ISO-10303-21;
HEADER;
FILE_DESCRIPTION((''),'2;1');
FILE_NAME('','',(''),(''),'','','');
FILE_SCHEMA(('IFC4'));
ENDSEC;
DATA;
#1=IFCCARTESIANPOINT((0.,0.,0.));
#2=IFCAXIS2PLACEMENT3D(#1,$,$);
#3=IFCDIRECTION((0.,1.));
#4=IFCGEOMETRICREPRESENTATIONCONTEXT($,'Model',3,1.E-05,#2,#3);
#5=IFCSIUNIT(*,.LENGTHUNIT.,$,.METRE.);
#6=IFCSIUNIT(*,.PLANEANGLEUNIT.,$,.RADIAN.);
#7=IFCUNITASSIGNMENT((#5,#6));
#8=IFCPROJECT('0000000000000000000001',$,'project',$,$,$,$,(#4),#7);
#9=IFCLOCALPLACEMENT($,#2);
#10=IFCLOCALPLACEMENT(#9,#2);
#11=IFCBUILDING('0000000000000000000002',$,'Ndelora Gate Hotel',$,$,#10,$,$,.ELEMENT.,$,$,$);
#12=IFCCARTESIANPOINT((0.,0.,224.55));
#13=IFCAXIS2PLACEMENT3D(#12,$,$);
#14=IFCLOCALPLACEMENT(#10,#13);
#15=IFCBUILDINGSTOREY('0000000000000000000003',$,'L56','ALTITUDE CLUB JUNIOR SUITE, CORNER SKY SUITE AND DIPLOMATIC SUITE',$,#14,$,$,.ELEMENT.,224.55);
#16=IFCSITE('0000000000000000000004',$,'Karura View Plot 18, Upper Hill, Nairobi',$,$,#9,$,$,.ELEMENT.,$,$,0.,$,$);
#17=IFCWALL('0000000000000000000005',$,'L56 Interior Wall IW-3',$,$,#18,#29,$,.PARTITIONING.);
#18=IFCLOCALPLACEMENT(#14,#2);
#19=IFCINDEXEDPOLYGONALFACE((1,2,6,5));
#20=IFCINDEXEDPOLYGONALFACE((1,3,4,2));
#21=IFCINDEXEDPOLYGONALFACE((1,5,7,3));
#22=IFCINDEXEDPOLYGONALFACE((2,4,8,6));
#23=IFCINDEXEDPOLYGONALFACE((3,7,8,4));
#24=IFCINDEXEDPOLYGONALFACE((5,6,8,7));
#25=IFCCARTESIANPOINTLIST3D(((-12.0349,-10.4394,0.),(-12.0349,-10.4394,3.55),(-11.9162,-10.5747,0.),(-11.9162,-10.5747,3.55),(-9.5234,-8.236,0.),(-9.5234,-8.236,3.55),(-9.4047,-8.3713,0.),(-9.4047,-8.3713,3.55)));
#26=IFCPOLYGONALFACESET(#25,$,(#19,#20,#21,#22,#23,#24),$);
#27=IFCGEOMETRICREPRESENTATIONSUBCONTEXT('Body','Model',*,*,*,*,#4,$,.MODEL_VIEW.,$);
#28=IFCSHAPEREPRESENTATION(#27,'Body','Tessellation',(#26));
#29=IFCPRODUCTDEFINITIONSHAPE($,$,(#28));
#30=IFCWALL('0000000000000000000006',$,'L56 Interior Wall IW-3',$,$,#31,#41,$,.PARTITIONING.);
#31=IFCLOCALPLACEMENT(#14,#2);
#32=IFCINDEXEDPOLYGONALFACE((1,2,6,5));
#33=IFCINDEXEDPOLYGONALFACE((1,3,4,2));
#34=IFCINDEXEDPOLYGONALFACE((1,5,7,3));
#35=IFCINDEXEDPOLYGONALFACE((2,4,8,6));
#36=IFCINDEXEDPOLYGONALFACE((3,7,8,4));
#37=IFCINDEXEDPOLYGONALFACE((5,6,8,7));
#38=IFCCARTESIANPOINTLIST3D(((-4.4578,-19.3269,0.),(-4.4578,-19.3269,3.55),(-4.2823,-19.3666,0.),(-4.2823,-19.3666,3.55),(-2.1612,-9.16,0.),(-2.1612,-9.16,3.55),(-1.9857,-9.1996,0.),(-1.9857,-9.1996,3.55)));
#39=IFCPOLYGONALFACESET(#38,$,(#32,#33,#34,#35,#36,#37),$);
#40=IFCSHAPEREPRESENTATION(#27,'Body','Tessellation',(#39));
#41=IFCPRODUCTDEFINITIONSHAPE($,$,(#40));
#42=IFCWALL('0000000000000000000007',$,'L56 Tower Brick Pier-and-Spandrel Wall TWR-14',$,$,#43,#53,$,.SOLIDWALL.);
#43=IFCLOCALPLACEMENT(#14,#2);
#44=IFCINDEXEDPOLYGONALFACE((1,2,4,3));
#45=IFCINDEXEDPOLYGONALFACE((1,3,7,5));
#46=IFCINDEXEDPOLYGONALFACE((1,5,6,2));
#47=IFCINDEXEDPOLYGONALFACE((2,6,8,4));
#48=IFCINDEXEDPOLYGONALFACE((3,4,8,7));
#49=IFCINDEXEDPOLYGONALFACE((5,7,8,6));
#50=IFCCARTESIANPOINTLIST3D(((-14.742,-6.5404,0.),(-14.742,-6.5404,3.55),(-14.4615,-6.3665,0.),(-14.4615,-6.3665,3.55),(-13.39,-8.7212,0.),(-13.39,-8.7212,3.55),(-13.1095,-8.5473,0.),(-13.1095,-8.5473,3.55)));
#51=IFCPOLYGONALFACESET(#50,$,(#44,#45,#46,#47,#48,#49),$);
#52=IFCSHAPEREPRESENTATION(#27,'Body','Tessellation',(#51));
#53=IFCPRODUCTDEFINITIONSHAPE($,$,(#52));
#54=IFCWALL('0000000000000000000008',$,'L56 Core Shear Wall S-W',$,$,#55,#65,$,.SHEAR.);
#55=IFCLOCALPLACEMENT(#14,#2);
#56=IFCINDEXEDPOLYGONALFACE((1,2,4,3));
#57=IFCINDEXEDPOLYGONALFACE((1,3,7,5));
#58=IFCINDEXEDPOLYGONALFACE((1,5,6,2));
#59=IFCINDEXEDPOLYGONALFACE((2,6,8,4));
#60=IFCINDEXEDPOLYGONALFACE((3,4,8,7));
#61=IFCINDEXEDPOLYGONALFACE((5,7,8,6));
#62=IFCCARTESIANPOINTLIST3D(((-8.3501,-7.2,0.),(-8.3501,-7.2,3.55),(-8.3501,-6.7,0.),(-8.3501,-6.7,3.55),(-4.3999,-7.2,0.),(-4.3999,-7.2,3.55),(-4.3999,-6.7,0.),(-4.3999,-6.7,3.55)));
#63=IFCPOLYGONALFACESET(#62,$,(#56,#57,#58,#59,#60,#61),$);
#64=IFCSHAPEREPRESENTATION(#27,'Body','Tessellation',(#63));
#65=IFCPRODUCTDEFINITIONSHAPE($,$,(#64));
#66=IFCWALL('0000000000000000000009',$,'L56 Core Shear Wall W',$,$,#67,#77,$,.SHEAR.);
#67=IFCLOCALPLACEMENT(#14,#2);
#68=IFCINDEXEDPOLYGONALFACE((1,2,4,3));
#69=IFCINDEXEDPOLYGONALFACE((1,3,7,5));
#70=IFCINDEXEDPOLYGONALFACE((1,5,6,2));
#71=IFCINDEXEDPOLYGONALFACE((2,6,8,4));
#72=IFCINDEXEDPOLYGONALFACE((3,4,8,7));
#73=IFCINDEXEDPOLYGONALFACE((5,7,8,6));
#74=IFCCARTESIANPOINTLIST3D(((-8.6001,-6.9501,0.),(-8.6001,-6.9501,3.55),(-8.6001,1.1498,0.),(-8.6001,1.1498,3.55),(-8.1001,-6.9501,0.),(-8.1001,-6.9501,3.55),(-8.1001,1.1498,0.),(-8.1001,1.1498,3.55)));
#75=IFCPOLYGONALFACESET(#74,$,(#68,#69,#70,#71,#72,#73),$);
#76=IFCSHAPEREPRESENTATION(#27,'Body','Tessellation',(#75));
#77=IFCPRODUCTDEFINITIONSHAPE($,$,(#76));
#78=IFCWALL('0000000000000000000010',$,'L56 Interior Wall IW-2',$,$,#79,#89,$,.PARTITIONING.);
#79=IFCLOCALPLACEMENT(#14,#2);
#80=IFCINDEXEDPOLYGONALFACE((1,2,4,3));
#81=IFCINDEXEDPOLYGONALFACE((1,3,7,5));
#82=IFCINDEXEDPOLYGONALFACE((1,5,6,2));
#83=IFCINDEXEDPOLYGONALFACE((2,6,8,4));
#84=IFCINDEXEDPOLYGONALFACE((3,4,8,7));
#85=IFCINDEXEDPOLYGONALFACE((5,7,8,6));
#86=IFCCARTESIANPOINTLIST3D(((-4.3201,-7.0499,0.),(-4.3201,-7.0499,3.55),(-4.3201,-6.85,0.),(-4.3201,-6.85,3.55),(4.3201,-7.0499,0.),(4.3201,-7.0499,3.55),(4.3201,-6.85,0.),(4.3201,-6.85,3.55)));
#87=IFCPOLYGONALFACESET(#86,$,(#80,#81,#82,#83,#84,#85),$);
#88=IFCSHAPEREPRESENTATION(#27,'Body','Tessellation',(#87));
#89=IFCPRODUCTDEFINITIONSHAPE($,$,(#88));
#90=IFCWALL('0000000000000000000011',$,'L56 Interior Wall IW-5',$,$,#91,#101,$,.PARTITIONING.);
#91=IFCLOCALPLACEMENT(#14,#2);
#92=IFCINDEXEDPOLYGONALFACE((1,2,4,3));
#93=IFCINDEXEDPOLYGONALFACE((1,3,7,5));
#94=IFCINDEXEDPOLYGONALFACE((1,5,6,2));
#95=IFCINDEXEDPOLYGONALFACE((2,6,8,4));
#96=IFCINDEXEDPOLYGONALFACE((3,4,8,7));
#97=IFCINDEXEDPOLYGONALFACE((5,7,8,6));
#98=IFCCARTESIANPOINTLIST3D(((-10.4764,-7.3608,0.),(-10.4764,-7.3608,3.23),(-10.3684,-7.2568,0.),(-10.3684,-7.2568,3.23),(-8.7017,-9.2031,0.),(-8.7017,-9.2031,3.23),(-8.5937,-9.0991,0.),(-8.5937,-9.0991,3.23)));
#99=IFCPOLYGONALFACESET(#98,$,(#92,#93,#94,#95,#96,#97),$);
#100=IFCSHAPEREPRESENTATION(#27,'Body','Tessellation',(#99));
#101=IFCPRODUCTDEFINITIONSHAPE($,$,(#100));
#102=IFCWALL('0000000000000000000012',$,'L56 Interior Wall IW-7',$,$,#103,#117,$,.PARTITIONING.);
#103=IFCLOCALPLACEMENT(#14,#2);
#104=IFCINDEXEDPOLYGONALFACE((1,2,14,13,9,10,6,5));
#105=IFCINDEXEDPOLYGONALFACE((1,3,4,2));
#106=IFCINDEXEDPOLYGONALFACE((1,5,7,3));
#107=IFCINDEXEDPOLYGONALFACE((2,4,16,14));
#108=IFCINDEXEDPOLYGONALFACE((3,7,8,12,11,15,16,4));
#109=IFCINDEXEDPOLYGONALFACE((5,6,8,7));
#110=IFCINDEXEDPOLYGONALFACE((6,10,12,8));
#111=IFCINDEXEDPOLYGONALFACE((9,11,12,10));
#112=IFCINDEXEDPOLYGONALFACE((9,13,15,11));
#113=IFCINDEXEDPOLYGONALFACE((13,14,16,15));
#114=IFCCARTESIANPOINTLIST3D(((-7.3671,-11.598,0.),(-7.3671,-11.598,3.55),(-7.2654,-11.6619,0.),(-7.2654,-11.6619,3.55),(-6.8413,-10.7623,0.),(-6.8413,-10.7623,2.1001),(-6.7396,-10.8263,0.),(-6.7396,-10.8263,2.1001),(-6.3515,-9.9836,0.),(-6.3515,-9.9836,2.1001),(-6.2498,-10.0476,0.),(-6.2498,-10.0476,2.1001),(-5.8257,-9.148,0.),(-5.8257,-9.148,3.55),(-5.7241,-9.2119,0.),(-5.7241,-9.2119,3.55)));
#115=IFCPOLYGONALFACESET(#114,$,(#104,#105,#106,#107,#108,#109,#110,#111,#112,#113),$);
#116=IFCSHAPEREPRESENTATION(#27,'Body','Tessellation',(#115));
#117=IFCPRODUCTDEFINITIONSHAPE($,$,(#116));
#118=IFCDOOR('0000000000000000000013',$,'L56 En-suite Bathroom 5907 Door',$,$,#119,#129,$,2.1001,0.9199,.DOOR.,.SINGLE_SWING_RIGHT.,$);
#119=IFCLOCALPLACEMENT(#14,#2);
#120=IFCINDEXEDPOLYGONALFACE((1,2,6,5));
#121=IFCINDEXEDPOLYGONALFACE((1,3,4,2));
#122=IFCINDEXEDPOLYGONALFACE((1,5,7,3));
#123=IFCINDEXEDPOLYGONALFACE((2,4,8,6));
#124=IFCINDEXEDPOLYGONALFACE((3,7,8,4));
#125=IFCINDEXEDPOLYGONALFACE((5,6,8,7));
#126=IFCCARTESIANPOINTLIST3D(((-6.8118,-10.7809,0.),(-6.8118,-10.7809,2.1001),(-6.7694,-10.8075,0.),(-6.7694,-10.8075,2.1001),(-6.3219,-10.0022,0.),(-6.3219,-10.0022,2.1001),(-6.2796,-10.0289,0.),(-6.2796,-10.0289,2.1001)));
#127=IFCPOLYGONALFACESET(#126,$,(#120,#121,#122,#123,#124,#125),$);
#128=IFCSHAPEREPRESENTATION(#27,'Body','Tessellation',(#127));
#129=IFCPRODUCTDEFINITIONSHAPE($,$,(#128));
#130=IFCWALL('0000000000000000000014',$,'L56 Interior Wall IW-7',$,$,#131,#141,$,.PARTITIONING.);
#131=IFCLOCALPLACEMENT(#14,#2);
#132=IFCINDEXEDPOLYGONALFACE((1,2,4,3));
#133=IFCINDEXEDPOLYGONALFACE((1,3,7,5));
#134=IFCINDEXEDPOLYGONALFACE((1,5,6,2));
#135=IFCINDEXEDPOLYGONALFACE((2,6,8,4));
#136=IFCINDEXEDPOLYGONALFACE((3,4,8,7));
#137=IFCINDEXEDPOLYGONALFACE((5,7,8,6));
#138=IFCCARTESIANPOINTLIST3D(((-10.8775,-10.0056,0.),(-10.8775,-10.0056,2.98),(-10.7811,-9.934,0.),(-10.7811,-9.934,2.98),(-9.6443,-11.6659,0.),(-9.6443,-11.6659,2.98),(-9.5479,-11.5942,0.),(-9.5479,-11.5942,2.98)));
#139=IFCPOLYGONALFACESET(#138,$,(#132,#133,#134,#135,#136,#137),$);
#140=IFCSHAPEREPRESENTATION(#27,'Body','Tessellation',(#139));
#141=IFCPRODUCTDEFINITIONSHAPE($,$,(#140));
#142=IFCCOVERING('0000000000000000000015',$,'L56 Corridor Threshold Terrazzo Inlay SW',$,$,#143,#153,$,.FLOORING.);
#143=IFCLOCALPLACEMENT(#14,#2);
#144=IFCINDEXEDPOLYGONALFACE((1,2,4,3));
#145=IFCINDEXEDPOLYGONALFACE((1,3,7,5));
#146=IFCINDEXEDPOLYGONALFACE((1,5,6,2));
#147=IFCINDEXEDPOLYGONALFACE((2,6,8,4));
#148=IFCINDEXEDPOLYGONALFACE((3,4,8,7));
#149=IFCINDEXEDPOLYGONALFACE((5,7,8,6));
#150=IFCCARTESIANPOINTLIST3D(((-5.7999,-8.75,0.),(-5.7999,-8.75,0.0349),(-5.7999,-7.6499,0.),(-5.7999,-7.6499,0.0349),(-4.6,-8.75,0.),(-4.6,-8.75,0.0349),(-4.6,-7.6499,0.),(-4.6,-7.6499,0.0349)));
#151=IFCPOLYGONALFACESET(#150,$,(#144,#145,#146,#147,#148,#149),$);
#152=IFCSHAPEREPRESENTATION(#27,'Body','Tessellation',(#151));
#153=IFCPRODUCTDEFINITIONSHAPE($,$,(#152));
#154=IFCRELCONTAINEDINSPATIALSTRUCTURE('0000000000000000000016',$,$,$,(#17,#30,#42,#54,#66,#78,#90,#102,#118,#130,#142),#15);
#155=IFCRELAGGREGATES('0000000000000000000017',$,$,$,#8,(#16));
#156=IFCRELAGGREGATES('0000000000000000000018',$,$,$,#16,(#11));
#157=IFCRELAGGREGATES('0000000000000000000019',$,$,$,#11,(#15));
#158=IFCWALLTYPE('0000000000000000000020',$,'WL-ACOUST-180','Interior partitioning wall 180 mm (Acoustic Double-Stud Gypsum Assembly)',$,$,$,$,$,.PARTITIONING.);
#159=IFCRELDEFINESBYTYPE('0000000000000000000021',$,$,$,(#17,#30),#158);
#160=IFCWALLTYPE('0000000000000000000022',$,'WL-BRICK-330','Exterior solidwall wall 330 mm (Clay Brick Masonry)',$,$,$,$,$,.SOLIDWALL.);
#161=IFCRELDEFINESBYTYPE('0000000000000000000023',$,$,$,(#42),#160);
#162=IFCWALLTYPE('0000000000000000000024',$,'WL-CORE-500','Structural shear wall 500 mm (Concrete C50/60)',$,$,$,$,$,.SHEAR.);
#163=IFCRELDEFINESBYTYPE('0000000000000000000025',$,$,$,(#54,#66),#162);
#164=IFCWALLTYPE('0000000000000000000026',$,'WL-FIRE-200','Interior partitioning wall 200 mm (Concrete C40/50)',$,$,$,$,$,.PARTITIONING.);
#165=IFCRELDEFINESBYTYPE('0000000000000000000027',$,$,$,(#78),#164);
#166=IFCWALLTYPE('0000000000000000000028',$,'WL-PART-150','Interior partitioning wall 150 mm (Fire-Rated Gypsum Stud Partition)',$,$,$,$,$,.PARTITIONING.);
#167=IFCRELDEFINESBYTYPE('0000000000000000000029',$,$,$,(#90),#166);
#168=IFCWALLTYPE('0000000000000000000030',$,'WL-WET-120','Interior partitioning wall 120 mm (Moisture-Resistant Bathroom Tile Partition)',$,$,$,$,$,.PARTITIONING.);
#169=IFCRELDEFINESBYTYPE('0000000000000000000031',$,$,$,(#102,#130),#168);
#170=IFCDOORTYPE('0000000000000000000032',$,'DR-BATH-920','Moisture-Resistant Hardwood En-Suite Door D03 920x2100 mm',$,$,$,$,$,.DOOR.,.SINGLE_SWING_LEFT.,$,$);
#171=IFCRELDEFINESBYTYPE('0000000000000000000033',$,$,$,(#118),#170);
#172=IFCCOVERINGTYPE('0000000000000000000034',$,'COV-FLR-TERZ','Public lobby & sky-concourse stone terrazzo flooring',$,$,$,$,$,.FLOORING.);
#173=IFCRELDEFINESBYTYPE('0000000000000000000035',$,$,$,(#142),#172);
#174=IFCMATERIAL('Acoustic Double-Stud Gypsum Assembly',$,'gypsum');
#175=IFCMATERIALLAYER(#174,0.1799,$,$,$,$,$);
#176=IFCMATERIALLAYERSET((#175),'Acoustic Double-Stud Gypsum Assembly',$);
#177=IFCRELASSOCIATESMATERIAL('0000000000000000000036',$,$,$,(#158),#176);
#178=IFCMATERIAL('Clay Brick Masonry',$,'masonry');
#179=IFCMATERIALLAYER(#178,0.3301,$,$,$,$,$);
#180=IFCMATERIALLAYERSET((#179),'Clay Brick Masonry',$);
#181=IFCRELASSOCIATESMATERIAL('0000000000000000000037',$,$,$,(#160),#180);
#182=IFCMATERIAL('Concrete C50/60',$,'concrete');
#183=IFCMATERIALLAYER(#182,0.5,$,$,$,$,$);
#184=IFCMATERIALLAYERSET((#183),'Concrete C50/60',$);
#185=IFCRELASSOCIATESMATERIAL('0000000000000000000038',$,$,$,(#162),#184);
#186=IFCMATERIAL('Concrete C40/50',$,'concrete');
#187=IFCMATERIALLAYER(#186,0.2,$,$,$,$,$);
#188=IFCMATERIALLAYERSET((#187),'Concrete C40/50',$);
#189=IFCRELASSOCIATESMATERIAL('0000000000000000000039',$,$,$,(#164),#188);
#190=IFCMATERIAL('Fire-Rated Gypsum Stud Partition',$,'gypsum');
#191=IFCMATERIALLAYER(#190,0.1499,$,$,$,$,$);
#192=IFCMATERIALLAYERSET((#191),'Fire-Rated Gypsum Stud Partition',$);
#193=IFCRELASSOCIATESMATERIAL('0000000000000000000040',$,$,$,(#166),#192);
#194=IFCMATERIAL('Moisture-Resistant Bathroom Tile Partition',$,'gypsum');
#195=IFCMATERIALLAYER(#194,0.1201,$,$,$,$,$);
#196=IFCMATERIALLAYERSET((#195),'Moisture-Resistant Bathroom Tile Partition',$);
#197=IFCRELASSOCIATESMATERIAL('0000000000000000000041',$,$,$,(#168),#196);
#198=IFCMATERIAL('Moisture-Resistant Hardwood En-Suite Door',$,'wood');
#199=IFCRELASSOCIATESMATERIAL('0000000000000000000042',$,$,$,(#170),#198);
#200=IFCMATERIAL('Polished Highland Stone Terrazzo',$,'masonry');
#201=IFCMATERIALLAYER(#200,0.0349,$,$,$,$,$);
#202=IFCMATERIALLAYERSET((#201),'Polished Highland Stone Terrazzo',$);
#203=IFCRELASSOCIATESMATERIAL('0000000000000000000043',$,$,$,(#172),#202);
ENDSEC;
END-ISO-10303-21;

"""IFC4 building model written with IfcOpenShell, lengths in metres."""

from ifc_helpers import new_model, si_unit, direction, frame, frame_2d, origin, origin_2d, place, context, subcontext, project, spatial, rectangle, extrude, material, layer, layer_set, type_object, element, fill, save


model = new_model("IFC4")

# Units and contexts
model_context = context("Model", 3, precision=1e-05, world=origin(), true_north=direction((0.0, 1.0)))
body_context = subcontext(model_context, "Body", "Model", "MODEL_VIEW")
ifc_project = project(units=[si_unit("LENGTHUNIT", "METRE"), si_unit("PLANEANGLEUNIT", "RADIAN")], contexts=[model_context])

# Site, building, storey
site_placement = place(None, origin())
site = spatial("IfcSite", under=ifc_project, at=site_placement, Name="Karura View Plot 18, Upper Hill, Nairobi", CompositionType="ELEMENT", RefElevation=0.0)
building_placement = place(site_placement, origin())
building = spatial("IfcBuilding", under=site, at=building_placement, Name="Ndelora Gate Hotel", CompositionType="ELEMENT")
storey_placement = place(building_placement, frame((0.0, 0.0, 224.55)))
storey = spatial("IfcBuildingStorey", under=building, at=storey_placement, Name="L56", Description="ALTITUDE CLUB JUNIOR SUITE, CORNER SKY SUITE AND DIPLOMATIC SUITE", CompositionType="ELEMENT", Elevation=224.55)

# Shared definitions
ifc_material_1 = material(Name="Concrete C50/60", Category="concrete")

# Walls
ifc_material_2 = material(Name="Acoustic Double-Stud Gypsum Assembly", Category="gypsum")
ifc_layer_1 = layer(ifc_material_2, 0.1799)
ifc_layer_set_1 = layer_set([ifc_layer_1], Name="Acoustic Double-Stud Gypsum Assembly")
wall_type_1 = type_object("IfcWallType", Name="WL-ACOUST-180", Description="Interior partitioning wall 180 mm (Acoustic Double-Stud Gypsum Assembly)", PredefinedType="PARTITIONING", material=ifc_layer_set_1)
wall_1_placement = place(storey_placement, frame((-9.4641, -8.3037, 0.0), z_axis=(0.0, 0.0, 1.0), x_axis=(-0.751711, -0.659492, 0.0)))
element("IfcWall", 1, at=wall_1_placement, inside=storey, type_object=wall_type_1, Name="L56 Interior Wall IW-3", PredefinedType="PARTITIONING", context=body_context, shape_type="SweptSolid", body=[
    extrude(rectangle(XDim=3.3411, YDim=0.1799, at=frame_2d((1.6704, 0.0))), origin(), (0.0, 0.0, 1.0), 3.55),
])
wall_2_placement = place(storey_placement, frame((-2.0735, -9.1799, 0.0), z_axis=(0.0, 0.0, 1.0), x_axis=(-0.220339, -0.975423, 0.0)))
element("IfcWall", 2, at=wall_2_placement, inside=storey, type_object=wall_type_1, Name="L56 Interior Wall IW-3", PredefinedType="PARTITIONING", context=body_context, shape_type="SweptSolid", body=[
    extrude(rectangle(XDim=10.4231, YDim=0.1799, at=frame_2d((5.2114, 0.0))), origin(), (0.0, 0.0, 1.0), 3.55),
])
ifc_material_3 = material(Name="Clay Brick Masonry", Category="masonry")
ifc_layer_2 = layer(ifc_material_3, 0.3301)
ifc_layer_set_2 = layer_set([ifc_layer_2], Name="Clay Brick Masonry")
wall_type_2 = type_object("IfcWallType", Name="WL-BRICK-330", Description="Exterior solidwall wall 330 mm (Clay Brick Masonry)", PredefinedType="SOLIDWALL", material=ifc_layer_set_2)
wall_3_placement = place(storey_placement, frame((-13.2498, -8.6343, 0.0), z_axis=(0.0, 0.0, 1.0), x_axis=(-0.526908, 0.849922, 0.0)))
element("IfcWall", 3, at=wall_3_placement, inside=storey, type_object=wall_type_2, Name="L56 Tower Brick Pier-and-Spandrel Wall TWR-14", PredefinedType="SOLIDWALL", context=body_context, shape_type="SweptSolid", body=[
    extrude(rectangle(XDim=2.5659, YDim=0.3301, at=frame_2d((1.283, 0.0))), origin(), (0.0, 0.0, 1.0), 3.55),
])
ifc_layer_3 = layer(ifc_material_1, 0.5)
ifc_layer_set_3 = layer_set([ifc_layer_3], Name="Concrete C50/60")
wall_type_3 = type_object("IfcWallType", Name="WL-CORE-500", Description="Structural shear wall 500 mm (Concrete C50/60)", PredefinedType="SHEAR", material=ifc_layer_set_3)
wall_4_placement = place(storey_placement, frame((-8.3501, -6.95, 0.0), z_axis=(0.0, 0.0, 1.0), x_axis=(1.0, 0.0, 0.0)))
element("IfcWall", 4, at=wall_4_placement, inside=storey, type_object=wall_type_3, Name="L56 Core Shear Wall S-W", PredefinedType="SHEAR", context=body_context, shape_type="SweptSolid", body=[
    extrude(rectangle(XDim=3.9502, YDim=0.5, at=frame_2d((1.9751, 0.0))), origin(), (0.0, 0.0, 1.0), 3.55),
])
wall_5_placement = place(storey_placement, frame((-8.3501, -6.95, 0.0), z_axis=(0.0, 0.0, 1.0), x_axis=(0.0, 1.0, 0.0)))
element("IfcWall", 5, at=wall_5_placement, inside=storey, type_object=wall_type_3, Name="L56 Core Shear Wall W", PredefinedType="SHEAR", context=body_context, shape_type="SweptSolid", body=[
    extrude(rectangle(XDim=8.0999, YDim=0.5, at=frame_2d((4.0498, 0.0))), origin(), (0.0, 0.0, 1.0), 3.55),
])
ifc_material_4 = material(Name="Concrete C40/50", Category="concrete")
ifc_layer_4 = layer(ifc_material_4, 0.2)
ifc_layer_set_4 = layer_set([ifc_layer_4], Name="Concrete C40/50")
wall_type_4 = type_object("IfcWallType", Name="WL-FIRE-200", Description="Interior partitioning wall 200 mm (Concrete C40/50)", PredefinedType="PARTITIONING", material=ifc_layer_set_4)
wall_6_placement = place(storey_placement, frame((-4.3201, -6.95, 0.0), z_axis=(0.0, 0.0, 1.0), x_axis=(1.0, 0.0, 0.0)))
element("IfcWall", 6, at=wall_6_placement, inside=storey, type_object=wall_type_4, Name="L56 Interior Wall IW-2", PredefinedType="PARTITIONING", context=body_context, shape_type="SweptSolid", body=[
    extrude(rectangle(XDim=8.6401, YDim=0.2, at=frame_2d((4.3201, 0.0))), origin(), (0.0, 0.0, 1.0), 3.55),
])

# Shared definitions
ifc_material_5 = material(Name="Fire-Rated Gypsum Stud Partition", Category="gypsum")
ifc_layer_5 = layer(ifc_material_5, 0.1499)
ifc_layer_set_5 = layer_set([ifc_layer_5], Name="Fire-Rated Gypsum Stud Partition")
wall_type_5 = type_object("IfcWallType", Name="WL-PART-150", Description="Interior partitioning wall 150 mm (Fire-Rated Gypsum Stud Partition)", PredefinedType="PARTITIONING", material=ifc_layer_set_5)

# Wall
wall_7_placement = place(storey_placement, frame((-8.6477, -9.1511, 0.0), z_axis=(0.0, 0.0, 1.0), x_axis=(-0.693765, 0.720202, 0.0)))
element("IfcWall", 7, at=wall_7_placement, inside=storey, type_object=wall_type_5, Name="L56 Interior Wall IW-5", PredefinedType="PARTITIONING", context=body_context, shape_type="SweptSolid", body=[
    extrude(rectangle(XDim=2.5581, YDim=0.1499, at=frame_2d((1.2791, 0.0))), origin(), (0.0, 0.0, 1.0), 3.23),
])

# Wall, opening, door
ifc_material_6 = material(Name="Moisture-Resistant Bathroom Tile Partition", Category="gypsum")
ifc_layer_6 = layer(ifc_material_6, 0.1201)
ifc_layer_set_6 = layer_set([ifc_layer_6], Name="Moisture-Resistant Bathroom Tile Partition")
wall_type_6 = type_object("IfcWallType", Name="WL-WET-120", Description="Interior partitioning wall 120 mm (Moisture-Resistant Bathroom Tile Partition)", PredefinedType="PARTITIONING", material=ifc_layer_set_6)
wall_8_placement = place(storey_placement, frame((-5.7749, -9.1799, 0.0), z_axis=(0.0, 0.0, 1.0), x_axis=(-0.532491, -0.846436, 0.0)))
wall_8 = element("IfcWall", 8, at=wall_8_placement, inside=storey, type_object=wall_type_6, Name="L56 Interior Wall IW-7", PredefinedType="PARTITIONING", context=body_context, shape_type="SweptSolid", body=[
    extrude(rectangle(XDim=2.8945, YDim=0.1201, at=frame_2d((1.4473, 0.0))), origin(), (0.0, 0.0, 1.0), 3.55),
])
opening_1_placement = place(wall_8_placement, frame((0.9873, 0.0, 0.0)))
opening_1 = element("IfcOpeningElement", 9, at=opening_1_placement, cuts=wall_8, PredefinedType="OPENING", context=body_context, shape_type="SweptSolid", body=[
    extrude(rectangle(XDim=0.9199, YDim=2.1001, at=frame_2d((0.46, 1.05))), frame((0.0, 0.0701, 0.0), z_axis=(0.0, -1.0, 0.0), x_axis=(1.0, 0.0, 0.0)), (0.0, 0.0, 1.0), 0.1401),
])
ifc_material_7 = material(Name="Moisture-Resistant Hardwood En-Suite Door", Category="wood")
door_type_1 = type_object("IfcDoorType", Name="DR-BATH-920", Description="Moisture-Resistant Hardwood En-Suite Door D03 920x2100 mm", OperationType="SINGLE_SWING_LEFT", PredefinedType="DOOR", material=ifc_material_7)
door_1_placement = place(opening_1_placement, origin())
door_1 = element("IfcDoor", 10, at=door_1_placement, inside=storey, type_object=door_type_1, Name="L56 En-suite Bathroom 5907 Door", OperationType="SINGLE_SWING_RIGHT", OverallHeight=2.1001, OverallWidth=0.9199, PredefinedType="DOOR", context=body_context, shape_type="SweptSolid", body=[
    extrude(rectangle(XDim=0.9199, YDim=2.1001, at=frame_2d((0.46, 1.05))), frame((0.0, 0.0249, 0.0), z_axis=(0.0, -1.0, 0.0), x_axis=(1.0, 0.0, 0.0)), (0.0, 0.0, 1.0), 0.05),
])
fill(opening_1, door_1)

# Wall
wall_9_placement = place(storey_placement, frame((-10.8293, -9.9697, 0.0), z_axis=(0.0, 0.0, 1.0), x_axis=(0.596291, -0.802768, 0.0)))
element("IfcWall", 11, at=wall_9_placement, inside=storey, type_object=wall_type_6, Name="L56 Interior Wall IW-7", PredefinedType="PARTITIONING", context=body_context, shape_type="SweptSolid", body=[
    extrude(rectangle(XDim=2.0681, YDim=0.1201, at=frame_2d((1.0342, 0.0))), origin(), (0.0, 0.0, 1.0), 2.98),
])

# Covering
ifc_material_8 = material(Name="Polished Highland Stone Terrazzo", Category="masonry")
ifc_layer_7 = layer(ifc_material_8, 0.0349)
ifc_layer_set_7 = layer_set([ifc_layer_7], Name="Polished Highland Stone Terrazzo")
covering_type = type_object("IfcCoveringType", Name="COV-FLR-TERZ", Description="Public lobby & sky-concourse stone terrazzo flooring", PredefinedType="FLOORING", material=ifc_layer_set_7)
covering_placement = place(storey_placement, frame((-5.2, -8.2, 0.0), z_axis=(0.0, 0.0, 1.0), x_axis=(1.0, 0.0, 0.0)))
element("IfcCovering", 12, at=covering_placement, inside=storey, type_object=covering_type, Name="L56 Corridor Threshold Terrazzo Inlay SW", PredefinedType="FLOORING", context=body_context, shape_type="SweptSolid", body=[
    extrude(rectangle(XDim=1.2, YDim=1.1001, at=origin_2d()), origin(), (0.0, 0.0, 1.0), 0.0349),
])

save(model, "model.ifc")
